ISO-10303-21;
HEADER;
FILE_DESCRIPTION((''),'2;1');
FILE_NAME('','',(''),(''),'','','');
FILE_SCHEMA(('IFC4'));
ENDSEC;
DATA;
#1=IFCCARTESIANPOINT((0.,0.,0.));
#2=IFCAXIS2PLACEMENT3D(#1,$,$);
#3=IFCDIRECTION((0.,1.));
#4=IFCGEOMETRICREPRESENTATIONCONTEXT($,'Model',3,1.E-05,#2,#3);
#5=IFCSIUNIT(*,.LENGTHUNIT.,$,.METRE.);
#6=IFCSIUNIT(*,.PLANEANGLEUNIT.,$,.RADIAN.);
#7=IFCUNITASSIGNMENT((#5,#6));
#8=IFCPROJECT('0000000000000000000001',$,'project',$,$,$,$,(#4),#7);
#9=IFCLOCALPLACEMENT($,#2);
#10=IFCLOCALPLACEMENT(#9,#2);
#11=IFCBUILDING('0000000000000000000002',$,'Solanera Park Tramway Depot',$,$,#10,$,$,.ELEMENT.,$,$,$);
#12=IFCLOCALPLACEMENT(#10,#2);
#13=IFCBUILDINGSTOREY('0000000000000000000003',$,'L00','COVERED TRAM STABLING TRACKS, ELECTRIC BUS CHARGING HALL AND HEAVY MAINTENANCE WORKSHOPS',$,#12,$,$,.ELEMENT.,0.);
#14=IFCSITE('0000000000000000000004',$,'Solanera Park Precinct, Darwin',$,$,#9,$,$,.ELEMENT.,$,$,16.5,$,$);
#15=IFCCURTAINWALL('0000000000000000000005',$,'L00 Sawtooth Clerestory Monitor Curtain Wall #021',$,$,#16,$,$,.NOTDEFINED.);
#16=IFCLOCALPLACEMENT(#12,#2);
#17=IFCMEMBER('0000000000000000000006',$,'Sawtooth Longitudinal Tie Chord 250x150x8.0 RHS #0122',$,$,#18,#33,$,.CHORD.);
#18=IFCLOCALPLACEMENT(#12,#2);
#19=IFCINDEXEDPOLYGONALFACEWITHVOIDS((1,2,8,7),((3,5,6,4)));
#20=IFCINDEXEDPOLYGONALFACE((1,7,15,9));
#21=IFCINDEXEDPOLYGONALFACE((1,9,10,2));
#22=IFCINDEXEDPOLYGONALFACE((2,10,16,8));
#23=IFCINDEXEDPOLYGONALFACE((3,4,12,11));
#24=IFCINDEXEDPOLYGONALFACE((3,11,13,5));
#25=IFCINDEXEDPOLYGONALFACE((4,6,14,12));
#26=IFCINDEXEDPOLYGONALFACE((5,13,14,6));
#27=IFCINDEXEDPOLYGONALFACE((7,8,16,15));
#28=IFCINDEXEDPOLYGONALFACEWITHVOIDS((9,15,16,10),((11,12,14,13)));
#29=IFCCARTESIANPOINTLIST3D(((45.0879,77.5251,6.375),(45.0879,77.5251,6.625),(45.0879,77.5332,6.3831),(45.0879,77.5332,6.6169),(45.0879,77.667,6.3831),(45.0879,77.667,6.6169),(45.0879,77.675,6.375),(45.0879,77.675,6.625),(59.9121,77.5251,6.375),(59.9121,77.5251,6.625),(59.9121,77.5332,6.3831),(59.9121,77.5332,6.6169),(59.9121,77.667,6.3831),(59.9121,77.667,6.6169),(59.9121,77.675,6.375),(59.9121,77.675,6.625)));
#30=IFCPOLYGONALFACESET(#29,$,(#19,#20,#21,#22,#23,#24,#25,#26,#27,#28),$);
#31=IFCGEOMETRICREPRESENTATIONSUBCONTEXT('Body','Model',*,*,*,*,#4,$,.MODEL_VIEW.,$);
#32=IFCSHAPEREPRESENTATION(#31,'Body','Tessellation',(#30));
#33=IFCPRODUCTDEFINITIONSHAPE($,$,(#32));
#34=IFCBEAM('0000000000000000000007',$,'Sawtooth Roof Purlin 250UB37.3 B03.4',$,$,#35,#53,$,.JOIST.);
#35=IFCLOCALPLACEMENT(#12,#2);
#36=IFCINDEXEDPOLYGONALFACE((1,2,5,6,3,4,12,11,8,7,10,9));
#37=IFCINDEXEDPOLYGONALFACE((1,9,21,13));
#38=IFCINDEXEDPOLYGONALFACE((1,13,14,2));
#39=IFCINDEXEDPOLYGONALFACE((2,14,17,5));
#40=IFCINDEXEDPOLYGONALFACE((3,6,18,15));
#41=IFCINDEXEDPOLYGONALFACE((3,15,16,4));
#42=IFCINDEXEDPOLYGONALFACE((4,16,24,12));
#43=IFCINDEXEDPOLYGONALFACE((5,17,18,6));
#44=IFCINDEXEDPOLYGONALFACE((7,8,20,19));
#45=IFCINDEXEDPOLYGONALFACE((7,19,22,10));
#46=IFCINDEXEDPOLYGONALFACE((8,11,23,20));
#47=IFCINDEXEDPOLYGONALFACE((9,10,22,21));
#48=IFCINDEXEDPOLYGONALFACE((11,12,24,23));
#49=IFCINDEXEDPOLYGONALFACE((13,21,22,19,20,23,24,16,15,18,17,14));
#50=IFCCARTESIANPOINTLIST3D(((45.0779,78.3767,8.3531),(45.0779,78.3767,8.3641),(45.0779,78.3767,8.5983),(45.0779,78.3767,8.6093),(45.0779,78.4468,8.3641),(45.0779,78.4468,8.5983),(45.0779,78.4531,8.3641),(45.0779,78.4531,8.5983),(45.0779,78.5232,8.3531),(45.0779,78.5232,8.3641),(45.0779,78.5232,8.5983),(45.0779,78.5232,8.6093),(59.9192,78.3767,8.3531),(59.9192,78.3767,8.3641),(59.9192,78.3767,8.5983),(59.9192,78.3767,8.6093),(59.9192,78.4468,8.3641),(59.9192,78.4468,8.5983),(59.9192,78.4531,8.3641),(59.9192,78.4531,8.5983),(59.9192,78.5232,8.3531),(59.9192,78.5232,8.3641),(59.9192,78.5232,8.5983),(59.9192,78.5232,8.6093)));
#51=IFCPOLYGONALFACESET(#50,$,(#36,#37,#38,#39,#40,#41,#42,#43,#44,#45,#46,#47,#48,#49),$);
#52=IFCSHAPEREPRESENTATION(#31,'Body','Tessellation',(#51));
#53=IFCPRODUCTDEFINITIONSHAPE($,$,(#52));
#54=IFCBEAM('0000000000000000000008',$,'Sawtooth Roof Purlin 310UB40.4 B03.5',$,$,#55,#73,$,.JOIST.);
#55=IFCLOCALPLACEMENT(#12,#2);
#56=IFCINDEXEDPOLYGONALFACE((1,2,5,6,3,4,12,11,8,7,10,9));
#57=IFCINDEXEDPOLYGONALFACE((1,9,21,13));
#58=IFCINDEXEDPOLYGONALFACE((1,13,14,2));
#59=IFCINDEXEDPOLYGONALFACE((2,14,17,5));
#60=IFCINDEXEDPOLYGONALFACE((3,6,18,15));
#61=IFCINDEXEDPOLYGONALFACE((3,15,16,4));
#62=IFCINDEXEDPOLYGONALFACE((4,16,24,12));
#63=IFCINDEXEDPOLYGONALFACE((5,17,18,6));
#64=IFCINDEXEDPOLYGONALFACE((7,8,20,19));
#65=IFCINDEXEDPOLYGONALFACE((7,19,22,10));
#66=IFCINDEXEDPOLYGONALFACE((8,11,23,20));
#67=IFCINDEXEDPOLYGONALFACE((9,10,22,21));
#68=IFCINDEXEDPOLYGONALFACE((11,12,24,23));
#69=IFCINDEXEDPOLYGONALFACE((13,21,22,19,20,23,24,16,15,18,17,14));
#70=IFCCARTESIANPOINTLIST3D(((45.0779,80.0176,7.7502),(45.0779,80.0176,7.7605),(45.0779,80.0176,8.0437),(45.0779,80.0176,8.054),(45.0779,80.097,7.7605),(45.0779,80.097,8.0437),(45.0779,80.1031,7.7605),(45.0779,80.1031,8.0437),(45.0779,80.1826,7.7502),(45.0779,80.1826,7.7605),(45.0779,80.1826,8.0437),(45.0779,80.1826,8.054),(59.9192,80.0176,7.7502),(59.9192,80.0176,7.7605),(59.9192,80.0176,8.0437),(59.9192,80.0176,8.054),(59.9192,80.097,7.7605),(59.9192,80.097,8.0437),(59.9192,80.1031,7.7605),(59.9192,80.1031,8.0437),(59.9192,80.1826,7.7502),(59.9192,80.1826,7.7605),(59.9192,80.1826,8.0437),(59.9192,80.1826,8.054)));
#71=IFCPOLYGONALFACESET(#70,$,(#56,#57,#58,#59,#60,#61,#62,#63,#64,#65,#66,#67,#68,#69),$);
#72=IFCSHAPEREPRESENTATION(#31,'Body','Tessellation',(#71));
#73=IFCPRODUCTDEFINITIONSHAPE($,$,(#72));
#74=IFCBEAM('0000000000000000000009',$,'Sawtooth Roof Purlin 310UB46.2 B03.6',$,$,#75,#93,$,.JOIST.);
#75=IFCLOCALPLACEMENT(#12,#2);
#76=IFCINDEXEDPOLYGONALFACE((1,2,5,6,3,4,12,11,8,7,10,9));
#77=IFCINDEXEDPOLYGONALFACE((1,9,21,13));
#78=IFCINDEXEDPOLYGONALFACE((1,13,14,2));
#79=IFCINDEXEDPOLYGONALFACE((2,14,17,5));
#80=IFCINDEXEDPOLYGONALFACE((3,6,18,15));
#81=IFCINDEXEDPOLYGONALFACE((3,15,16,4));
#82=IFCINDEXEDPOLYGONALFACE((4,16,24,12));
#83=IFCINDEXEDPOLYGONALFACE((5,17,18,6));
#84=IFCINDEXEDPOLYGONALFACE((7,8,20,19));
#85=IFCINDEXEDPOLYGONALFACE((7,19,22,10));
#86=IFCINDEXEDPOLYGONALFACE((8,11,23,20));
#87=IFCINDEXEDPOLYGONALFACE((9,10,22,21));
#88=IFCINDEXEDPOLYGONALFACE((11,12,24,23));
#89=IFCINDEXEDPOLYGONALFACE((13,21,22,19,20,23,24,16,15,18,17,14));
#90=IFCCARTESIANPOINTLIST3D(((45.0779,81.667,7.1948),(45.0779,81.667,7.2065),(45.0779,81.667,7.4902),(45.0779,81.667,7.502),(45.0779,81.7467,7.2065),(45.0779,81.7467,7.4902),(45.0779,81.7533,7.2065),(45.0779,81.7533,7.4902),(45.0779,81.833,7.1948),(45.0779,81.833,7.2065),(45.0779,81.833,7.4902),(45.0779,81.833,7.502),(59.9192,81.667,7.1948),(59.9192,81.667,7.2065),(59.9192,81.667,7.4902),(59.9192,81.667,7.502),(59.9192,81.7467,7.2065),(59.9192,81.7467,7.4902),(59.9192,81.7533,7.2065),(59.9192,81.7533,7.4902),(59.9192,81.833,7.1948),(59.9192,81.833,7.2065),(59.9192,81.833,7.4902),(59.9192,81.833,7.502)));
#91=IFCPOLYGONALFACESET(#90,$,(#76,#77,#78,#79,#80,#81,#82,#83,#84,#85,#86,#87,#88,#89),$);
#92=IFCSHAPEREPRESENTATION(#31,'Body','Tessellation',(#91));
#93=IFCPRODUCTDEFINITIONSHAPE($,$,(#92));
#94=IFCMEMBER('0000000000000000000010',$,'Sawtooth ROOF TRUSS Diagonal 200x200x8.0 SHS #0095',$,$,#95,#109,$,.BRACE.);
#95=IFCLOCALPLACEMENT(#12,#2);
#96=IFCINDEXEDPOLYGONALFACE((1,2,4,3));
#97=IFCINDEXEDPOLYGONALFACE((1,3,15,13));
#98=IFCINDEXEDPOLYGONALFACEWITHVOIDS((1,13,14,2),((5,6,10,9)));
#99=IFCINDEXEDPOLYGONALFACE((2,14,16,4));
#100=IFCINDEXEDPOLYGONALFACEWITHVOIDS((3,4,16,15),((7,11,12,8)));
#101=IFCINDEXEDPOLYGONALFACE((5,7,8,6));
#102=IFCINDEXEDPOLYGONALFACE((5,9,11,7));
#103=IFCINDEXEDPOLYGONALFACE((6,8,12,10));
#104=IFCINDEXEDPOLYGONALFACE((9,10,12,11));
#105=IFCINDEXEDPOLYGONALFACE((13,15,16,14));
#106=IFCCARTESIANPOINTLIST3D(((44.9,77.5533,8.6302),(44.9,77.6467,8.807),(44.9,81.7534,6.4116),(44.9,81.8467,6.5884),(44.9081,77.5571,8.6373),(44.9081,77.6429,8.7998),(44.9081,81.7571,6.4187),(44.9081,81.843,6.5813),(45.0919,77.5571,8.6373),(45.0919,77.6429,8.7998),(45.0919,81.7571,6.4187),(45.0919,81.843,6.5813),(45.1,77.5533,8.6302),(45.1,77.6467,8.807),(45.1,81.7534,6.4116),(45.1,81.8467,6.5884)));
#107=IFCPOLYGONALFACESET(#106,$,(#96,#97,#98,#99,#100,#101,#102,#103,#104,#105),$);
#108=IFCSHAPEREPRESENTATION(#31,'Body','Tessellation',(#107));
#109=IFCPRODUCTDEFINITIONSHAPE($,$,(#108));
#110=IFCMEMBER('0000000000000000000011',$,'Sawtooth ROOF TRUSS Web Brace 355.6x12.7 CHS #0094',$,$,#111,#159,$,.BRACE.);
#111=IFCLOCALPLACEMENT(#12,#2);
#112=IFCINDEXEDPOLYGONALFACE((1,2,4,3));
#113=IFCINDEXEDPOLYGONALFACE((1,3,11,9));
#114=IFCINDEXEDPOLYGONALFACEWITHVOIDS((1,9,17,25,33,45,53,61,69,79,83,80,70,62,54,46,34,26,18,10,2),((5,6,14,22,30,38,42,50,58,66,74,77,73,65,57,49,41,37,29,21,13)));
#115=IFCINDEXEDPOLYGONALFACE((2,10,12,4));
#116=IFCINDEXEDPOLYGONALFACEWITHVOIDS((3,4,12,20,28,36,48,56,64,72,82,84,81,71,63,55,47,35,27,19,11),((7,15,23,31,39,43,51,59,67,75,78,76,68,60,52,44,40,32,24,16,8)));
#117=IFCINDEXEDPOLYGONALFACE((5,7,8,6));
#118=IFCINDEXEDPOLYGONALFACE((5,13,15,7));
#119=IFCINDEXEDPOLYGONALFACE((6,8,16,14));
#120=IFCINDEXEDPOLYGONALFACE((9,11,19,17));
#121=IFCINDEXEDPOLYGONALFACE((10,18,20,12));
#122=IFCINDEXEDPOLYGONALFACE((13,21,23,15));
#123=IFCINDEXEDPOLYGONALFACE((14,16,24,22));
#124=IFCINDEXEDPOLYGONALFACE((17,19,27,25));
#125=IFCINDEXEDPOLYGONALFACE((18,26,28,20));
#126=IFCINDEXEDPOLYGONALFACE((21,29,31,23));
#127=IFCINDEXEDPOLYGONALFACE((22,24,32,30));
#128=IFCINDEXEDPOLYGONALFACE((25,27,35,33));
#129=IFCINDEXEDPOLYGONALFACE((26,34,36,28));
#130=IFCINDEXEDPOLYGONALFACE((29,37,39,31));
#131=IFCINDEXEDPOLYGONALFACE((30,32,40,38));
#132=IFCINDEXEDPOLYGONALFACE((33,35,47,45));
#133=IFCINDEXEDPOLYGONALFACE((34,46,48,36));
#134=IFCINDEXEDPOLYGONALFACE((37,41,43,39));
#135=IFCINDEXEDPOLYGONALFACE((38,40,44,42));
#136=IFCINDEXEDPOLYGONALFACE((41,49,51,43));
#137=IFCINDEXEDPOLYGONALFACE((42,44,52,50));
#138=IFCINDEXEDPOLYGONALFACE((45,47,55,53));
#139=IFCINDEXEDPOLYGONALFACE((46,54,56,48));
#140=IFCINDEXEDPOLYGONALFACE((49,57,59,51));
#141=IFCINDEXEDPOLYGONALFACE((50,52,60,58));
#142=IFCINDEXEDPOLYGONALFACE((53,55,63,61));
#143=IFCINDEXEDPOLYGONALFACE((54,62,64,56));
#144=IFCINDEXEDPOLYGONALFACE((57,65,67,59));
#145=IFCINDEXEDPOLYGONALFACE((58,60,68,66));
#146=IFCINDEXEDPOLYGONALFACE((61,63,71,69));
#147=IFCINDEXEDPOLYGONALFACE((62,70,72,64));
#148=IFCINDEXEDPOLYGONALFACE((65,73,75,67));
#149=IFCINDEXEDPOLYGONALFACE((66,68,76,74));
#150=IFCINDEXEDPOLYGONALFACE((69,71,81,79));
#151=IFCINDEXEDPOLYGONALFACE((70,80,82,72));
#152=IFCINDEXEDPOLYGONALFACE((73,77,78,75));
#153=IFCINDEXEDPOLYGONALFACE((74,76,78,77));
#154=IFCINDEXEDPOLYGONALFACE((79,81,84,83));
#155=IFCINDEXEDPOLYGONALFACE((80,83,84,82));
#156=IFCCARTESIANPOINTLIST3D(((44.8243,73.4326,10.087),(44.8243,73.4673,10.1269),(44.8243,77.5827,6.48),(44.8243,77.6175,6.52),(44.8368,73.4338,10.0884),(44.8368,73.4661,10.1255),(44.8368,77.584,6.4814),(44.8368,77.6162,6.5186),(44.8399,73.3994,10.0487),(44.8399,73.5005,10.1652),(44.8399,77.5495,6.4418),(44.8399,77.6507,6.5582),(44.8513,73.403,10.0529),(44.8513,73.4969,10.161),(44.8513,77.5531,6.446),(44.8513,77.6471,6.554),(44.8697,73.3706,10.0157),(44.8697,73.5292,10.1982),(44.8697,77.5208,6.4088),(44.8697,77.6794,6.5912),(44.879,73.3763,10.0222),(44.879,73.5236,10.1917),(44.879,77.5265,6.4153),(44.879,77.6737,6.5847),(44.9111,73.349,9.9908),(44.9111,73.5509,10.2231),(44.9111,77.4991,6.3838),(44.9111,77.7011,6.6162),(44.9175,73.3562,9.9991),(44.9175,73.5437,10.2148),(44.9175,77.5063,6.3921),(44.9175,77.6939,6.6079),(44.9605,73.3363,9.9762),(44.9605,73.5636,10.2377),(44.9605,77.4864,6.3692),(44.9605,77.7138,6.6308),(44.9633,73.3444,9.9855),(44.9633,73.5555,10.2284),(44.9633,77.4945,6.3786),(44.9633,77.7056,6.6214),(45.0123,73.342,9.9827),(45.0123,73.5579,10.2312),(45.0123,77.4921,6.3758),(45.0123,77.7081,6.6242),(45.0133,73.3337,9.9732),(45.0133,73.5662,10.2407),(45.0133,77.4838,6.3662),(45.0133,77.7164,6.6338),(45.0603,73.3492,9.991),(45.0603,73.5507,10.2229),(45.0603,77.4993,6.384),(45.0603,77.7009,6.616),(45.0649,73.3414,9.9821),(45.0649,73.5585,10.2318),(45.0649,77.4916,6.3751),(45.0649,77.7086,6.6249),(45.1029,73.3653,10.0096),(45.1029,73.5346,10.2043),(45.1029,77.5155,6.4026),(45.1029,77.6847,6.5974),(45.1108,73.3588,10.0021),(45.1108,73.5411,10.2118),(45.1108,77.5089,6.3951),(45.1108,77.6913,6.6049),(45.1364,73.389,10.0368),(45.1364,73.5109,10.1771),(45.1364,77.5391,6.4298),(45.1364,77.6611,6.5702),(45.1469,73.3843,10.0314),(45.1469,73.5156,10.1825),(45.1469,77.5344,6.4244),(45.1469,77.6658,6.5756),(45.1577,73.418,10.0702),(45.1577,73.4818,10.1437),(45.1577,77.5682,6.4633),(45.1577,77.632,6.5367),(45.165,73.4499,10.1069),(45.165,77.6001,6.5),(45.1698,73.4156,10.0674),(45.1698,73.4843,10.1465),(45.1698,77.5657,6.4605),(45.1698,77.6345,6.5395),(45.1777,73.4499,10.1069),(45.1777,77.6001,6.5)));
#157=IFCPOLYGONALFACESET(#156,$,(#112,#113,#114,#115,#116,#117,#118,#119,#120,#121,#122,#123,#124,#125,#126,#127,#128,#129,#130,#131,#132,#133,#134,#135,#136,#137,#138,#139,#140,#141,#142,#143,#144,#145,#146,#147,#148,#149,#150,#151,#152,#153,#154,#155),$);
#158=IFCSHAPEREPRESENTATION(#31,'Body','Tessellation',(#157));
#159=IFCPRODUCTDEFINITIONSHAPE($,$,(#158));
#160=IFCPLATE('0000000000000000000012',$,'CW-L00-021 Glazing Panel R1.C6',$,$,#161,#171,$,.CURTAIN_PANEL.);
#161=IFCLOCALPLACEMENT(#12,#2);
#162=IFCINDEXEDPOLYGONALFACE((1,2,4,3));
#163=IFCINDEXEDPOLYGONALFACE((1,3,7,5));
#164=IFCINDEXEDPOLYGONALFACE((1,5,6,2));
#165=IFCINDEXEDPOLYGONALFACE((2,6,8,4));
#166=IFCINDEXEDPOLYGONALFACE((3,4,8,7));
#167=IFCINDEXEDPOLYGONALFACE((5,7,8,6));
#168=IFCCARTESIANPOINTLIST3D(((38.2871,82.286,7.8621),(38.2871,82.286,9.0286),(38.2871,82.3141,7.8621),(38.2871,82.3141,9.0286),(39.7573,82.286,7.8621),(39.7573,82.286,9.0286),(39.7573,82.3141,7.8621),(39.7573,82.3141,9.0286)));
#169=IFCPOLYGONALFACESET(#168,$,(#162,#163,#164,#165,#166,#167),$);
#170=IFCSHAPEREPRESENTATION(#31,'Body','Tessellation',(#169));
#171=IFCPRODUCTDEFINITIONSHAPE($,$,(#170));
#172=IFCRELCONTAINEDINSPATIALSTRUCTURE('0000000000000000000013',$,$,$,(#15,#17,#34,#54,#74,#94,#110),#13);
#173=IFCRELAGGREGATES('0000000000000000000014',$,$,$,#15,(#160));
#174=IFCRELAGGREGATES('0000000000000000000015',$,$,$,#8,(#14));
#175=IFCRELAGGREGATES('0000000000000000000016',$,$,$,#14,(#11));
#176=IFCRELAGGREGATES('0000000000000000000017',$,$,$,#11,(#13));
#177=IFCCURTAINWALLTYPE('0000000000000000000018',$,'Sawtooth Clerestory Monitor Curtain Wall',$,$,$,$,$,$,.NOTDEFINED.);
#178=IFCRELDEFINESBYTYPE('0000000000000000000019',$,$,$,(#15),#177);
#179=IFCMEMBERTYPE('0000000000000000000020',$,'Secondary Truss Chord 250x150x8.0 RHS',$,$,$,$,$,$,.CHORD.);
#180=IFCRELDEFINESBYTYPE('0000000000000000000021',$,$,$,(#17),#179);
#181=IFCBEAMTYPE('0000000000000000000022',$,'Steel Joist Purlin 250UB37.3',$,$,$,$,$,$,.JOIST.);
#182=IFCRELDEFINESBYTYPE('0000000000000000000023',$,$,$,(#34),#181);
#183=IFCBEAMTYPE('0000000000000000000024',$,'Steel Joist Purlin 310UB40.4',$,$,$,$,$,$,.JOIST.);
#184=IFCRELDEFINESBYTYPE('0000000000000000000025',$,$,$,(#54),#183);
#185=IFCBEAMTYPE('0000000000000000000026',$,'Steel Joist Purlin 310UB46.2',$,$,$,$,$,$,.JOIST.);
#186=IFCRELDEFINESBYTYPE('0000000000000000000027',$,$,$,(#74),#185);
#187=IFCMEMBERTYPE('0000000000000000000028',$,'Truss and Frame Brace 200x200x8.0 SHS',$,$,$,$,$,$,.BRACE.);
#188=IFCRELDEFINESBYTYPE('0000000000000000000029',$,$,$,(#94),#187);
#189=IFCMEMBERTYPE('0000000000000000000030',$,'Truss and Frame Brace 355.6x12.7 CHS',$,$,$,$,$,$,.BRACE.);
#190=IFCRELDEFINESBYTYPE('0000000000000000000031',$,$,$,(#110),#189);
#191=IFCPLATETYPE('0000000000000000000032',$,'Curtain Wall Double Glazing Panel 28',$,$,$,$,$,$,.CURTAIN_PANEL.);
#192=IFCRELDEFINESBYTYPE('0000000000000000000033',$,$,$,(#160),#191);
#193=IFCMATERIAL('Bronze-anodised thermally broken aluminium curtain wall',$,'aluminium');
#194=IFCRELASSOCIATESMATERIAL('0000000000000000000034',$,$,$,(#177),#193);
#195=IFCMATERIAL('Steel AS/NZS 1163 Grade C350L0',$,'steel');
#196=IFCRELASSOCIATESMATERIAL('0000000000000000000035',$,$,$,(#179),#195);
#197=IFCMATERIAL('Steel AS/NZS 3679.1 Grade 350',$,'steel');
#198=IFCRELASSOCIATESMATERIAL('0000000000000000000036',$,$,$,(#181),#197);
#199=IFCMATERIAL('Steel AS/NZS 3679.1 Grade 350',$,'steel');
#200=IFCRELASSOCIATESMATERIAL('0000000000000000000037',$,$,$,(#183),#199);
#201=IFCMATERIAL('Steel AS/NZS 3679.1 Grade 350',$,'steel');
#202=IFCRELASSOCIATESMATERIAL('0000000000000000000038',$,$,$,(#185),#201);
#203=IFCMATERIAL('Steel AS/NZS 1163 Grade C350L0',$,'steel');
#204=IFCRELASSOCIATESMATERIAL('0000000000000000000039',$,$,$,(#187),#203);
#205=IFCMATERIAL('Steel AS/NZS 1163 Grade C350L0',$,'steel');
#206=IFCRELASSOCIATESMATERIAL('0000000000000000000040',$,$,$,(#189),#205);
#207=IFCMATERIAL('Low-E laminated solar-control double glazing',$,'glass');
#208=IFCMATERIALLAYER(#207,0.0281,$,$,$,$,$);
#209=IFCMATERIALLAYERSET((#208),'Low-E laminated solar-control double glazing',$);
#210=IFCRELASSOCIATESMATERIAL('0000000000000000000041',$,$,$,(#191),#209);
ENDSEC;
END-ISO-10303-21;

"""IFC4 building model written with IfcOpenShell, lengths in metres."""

from ifc_helpers import new_model, si_unit, direction, frame, origin, origin_2d, place, context, subcontext, project, spatial, rectangle, hollow_rectangle, hollow_circle, i_section, extrude, material, layer, layer_set, material_profile, profile_set, type_object, element, aggregate, save


model = new_model("IFC4")

# Units and contexts
model_context = context("Model", 3, precision=1e-05, world=origin(), true_north=direction((0.0, 1.0)))
body_context = subcontext(model_context, "Body", "Model", "MODEL_VIEW")
ifc_project = project(units=[si_unit("LENGTHUNIT", "METRE"), si_unit("PLANEANGLEUNIT", "RADIAN")], contexts=[model_context])

# Site, building, storey
site_placement = place(None, origin())
site = spatial("IfcSite", under=ifc_project, at=site_placement, Name="Solanera Park Precinct, Darwin", CompositionType="ELEMENT", RefElevation=16.5)
building_placement = place(site_placement, origin())
building = spatial("IfcBuilding", under=site, at=building_placement, Name="Solanera Park Tramway Depot", CompositionType="ELEMENT")
storey_placement = place(building_placement, origin())
storey = spatial("IfcBuildingStorey", under=building, at=storey_placement, Name="L00", Description="COVERED TRAM STABLING TRACKS, ELECTRIC BUS CHARGING HALL AND HEAVY MAINTENANCE WORKSHOPS", CompositionType="ELEMENT", Elevation=0.0)

# Curtain wall
ifc_material_1 = material(Name="Bronze-anodised thermally broken aluminium curtain wall", Category="aluminium")
curtain_wall_type = type_object("IfcCurtainWallType", Name="Sawtooth Clerestory Monitor Curtain Wall", PredefinedType="NOTDEFINED", material=ifc_material_1)
curtain_wall_placement = place(storey_placement, origin())
curtain_wall = element("IfcCurtainWall", 1, at=curtain_wall_placement, inside=storey, type_object=curtain_wall_type, Name="L00 Sawtooth Clerestory Monitor Curtain Wall #021", PredefinedType="NOTDEFINED")

# Member
ifc_material_2 = material(Name="Steel AS/NZS 1163 Grade C350L0", Category="steel")
ifc_material_profile_1 = material_profile(ifc_material_2, hollow_rectangle(XDim=0.1499, YDim=0.25, WallThickness=0.0081, at=origin_2d()), Name="250x150x8.0 RHS")
ifc_profile_set_1 = profile_set([ifc_material_profile_1], Name="Steel AS/NZS 1163 Grade C350L0")
member_type_1 = type_object("IfcMemberType", Name="Secondary Truss Chord 250x150x8.0 RHS", PredefinedType="CHORD", material=ifc_profile_set_1)
member_1_placement = place(storey_placement, frame((45.0879, 77.6001, 6.5), z_axis=(1.0, 0.0, 0.0), x_axis=(0.0, 1.0, 0.0)))
element("IfcMember", 2, at=member_1_placement, inside=storey, type_object=member_type_1, Name="Sawtooth Longitudinal Tie Chord 250x150x8.0 RHS #0122", PredefinedType="CHORD", context=body_context, shape_type="SweptSolid", body=[
    extrude(hollow_rectangle(XDim=0.1499, YDim=0.25, WallThickness=0.0081, at=origin_2d()), origin(), (0.0, 0.0, 1.0), 14.8242),
])

# Beams
ifc_material_3 = material(Name="Steel AS/NZS 3679.1 Grade 350", Category="steel")
ifc_material_profile_2 = material_profile(ifc_material_3, i_section(OverallWidth=0.1465, OverallDepth=0.2561, WebThickness=0.0063, FlangeThickness=0.011, at=origin_2d()), Name="250UB37.3")
ifc_profile_set_2 = profile_set([ifc_material_profile_2], Name="Steel AS/NZS 3679.1 Grade 350")
beam_type_1 = type_object("IfcBeamType", Name="Steel Joist Purlin 250UB37.3", PredefinedType="JOIST", material=ifc_profile_set_2)
beam_1_placement = place(storey_placement, frame((45.0779, 78.45, 8.4812), z_axis=(1.0, 0.0, 0.0), x_axis=(0.0, 1.0, 0.0)))
element("IfcBeam", 3, at=beam_1_placement, inside=storey, type_object=beam_type_1, Name="Sawtooth Roof Purlin 250UB37.3 B03.4", PredefinedType="JOIST", context=body_context, shape_type="SweptSolid", body=[
    extrude(i_section(OverallWidth=0.1465, OverallDepth=0.2561, WebThickness=0.0063, FlangeThickness=0.011, at=origin_2d()), origin(), (0.0, 0.0, 1.0), 14.8413),
])
ifc_material_4 = material(Name="Steel AS/NZS 3679.1 Grade 350", Category="steel")
ifc_material_profile_3 = material_profile(ifc_material_4, i_section(OverallWidth=0.165, OverallDepth=0.3037, WebThickness=0.0061, FlangeThickness=0.0103, at=origin_2d()), Name="310UB40.4")
ifc_profile_set_3 = profile_set([ifc_material_profile_3], Name="Steel AS/NZS 3679.1 Grade 350")
beam_type_2 = type_object("IfcBeamType", Name="Steel Joist Purlin 310UB40.4", PredefinedType="JOIST", material=ifc_profile_set_3)
beam_2_placement = place(storey_placement, frame((45.0779, 80.1001, 7.9021), z_axis=(1.0, 0.0, 0.0), x_axis=(0.0, 1.0, 0.0)))
element("IfcBeam", 4, at=beam_2_placement, inside=storey, type_object=beam_type_2, Name="Sawtooth Roof Purlin 310UB40.4 B03.5", PredefinedType="JOIST", context=body_context, shape_type="SweptSolid", body=[
    extrude(i_section(OverallWidth=0.165, OverallDepth=0.3037, WebThickness=0.0061, FlangeThickness=0.0103, at=origin_2d()), origin(), (0.0, 0.0, 1.0), 14.8413),
])
ifc_material_5 = material(Name="Steel AS/NZS 3679.1 Grade 350", Category="steel")
ifc_material_profile_4 = material_profile(ifc_material_5, i_section(OverallWidth=0.166, OverallDepth=0.3071, WebThickness=0.0066, FlangeThickness=0.0117, at=origin_2d()), Name="310UB46.2")
ifc_profile_set_4 = profile_set([ifc_material_profile_4], Name="Steel AS/NZS 3679.1 Grade 350")
beam_type_3 = type_object("IfcBeamType", Name="Steel Joist Purlin 310UB46.2", PredefinedType="JOIST", material=ifc_profile_set_4)
beam_3_placement = place(storey_placement, frame((45.0779, 81.75, 7.3484), z_axis=(1.0, 0.0, 0.0), x_axis=(0.0, 1.0, 0.0)))
element("IfcBeam", 5, at=beam_3_placement, inside=storey, type_object=beam_type_3, Name="Sawtooth Roof Purlin 310UB46.2 B03.6", PredefinedType="JOIST", context=body_context, shape_type="SweptSolid", body=[
    extrude(i_section(OverallWidth=0.166, OverallDepth=0.3071, WebThickness=0.0066, FlangeThickness=0.0117, at=origin_2d()), origin(), (0.0, 0.0, 1.0), 14.8413),
])

# Members
ifc_material_6 = material(Name="Steel AS/NZS 1163 Grade C350L0", Category="steel")
ifc_material_profile_5 = material_profile(ifc_material_6, hollow_rectangle(XDim=0.2, YDim=0.2, WallThickness=0.0081, at=origin_2d()), Name="200x200x8.0 SHS")
ifc_profile_set_5 = profile_set([ifc_material_profile_5], Name="Steel AS/NZS 1163 Grade C350L0")
member_type_2 = type_object("IfcMemberType", Name="Truss and Frame Brace 200x200x8.0 SHS", PredefinedType="BRACE", material=ifc_profile_set_5)
member_2_placement = place(storey_placement, frame((45.0, 81.8, 6.5), z_axis=(0.0, -0.884223, 0.467066), x_axis=(1.0, 0.0, 0.0)))
element("IfcMember", 6, at=member_2_placement, inside=storey, type_object=member_type_2, Name="Sawtooth ROOF TRUSS Diagonal 200x200x8.0 SHS #0095", PredefinedType="BRACE", context=body_context, shape_type="SweptSolid", body=[
    extrude(hollow_rectangle(XDim=0.2, YDim=0.2, WallThickness=0.0081, at=origin_2d()), origin(), (0.0, 0.0, 1.0), 4.75),
])
ifc_material_7 = material(Name="Steel AS/NZS 1163 Grade C350L0", Category="steel")
ifc_material_profile_6 = material_profile(ifc_material_7, hollow_circle(Radius=0.1777, WallThickness=0.0127, at=origin_2d()), Name="355.6x12.7 CHS")
ifc_profile_set_6 = profile_set([ifc_material_profile_6], Name="Steel AS/NZS 1163 Grade C350L0")
member_type_3 = type_object("IfcMemberType", Name="Truss and Frame Brace 355.6x12.7 CHS", PredefinedType="BRACE", material=ifc_profile_set_6)
member_3_placement = place(storey_placement, frame((45.0, 77.6001, 6.5), z_axis=(0.0, -0.754776, 0.655983), x_axis=(1.0, 0.0, 0.0)))
element("IfcMember", 7, at=member_3_placement, inside=storey, type_object=member_type_3, Name="Sawtooth ROOF TRUSS Web Brace 355.6x12.7 CHS #0094", PredefinedType="BRACE", context=body_context, shape_type="SweptSolid", body=[
    extrude(hollow_circle(Radius=0.1777, WallThickness=0.0127, at=origin_2d()), origin(), (0.0, 0.0, 1.0), 5.4985),
])

# Plate
ifc_material_8 = material(Name="Low-E laminated solar-control double glazing", Category="glass")
ifc_layer_1 = layer(ifc_material_8, 0.0281)
ifc_layer_set_1 = layer_set([ifc_layer_1], Name="Low-E laminated solar-control double glazing")
plate_type_1 = type_object("IfcPlateType", Name="Curtain Wall Double Glazing Panel 28", PredefinedType="CURTAIN_PANEL", material=ifc_layer_set_1)
plate_1_placement = place(storey_placement, frame((39.0222, 82.3, 7.8621), z_axis=(0.0, 0.0, 1.0), x_axis=(1.0, 0.0, 0.0)))
plate_1 = element("IfcPlate", 8, at=plate_1_placement, type_object=plate_type_1, Name="CW-L00-021 Glazing Panel R1.C6", PredefinedType="CURTAIN_PANEL", context=body_context, shape_type="SweptSolid", body=[
    extrude(rectangle(XDim=1.4702, YDim=0.0281, at=origin_2d()), origin(), (0.0, 0.0, 1.0), 1.1665),
])
aggregate(curtain_wall, [plate_1])

save(model, "model.ifc")
